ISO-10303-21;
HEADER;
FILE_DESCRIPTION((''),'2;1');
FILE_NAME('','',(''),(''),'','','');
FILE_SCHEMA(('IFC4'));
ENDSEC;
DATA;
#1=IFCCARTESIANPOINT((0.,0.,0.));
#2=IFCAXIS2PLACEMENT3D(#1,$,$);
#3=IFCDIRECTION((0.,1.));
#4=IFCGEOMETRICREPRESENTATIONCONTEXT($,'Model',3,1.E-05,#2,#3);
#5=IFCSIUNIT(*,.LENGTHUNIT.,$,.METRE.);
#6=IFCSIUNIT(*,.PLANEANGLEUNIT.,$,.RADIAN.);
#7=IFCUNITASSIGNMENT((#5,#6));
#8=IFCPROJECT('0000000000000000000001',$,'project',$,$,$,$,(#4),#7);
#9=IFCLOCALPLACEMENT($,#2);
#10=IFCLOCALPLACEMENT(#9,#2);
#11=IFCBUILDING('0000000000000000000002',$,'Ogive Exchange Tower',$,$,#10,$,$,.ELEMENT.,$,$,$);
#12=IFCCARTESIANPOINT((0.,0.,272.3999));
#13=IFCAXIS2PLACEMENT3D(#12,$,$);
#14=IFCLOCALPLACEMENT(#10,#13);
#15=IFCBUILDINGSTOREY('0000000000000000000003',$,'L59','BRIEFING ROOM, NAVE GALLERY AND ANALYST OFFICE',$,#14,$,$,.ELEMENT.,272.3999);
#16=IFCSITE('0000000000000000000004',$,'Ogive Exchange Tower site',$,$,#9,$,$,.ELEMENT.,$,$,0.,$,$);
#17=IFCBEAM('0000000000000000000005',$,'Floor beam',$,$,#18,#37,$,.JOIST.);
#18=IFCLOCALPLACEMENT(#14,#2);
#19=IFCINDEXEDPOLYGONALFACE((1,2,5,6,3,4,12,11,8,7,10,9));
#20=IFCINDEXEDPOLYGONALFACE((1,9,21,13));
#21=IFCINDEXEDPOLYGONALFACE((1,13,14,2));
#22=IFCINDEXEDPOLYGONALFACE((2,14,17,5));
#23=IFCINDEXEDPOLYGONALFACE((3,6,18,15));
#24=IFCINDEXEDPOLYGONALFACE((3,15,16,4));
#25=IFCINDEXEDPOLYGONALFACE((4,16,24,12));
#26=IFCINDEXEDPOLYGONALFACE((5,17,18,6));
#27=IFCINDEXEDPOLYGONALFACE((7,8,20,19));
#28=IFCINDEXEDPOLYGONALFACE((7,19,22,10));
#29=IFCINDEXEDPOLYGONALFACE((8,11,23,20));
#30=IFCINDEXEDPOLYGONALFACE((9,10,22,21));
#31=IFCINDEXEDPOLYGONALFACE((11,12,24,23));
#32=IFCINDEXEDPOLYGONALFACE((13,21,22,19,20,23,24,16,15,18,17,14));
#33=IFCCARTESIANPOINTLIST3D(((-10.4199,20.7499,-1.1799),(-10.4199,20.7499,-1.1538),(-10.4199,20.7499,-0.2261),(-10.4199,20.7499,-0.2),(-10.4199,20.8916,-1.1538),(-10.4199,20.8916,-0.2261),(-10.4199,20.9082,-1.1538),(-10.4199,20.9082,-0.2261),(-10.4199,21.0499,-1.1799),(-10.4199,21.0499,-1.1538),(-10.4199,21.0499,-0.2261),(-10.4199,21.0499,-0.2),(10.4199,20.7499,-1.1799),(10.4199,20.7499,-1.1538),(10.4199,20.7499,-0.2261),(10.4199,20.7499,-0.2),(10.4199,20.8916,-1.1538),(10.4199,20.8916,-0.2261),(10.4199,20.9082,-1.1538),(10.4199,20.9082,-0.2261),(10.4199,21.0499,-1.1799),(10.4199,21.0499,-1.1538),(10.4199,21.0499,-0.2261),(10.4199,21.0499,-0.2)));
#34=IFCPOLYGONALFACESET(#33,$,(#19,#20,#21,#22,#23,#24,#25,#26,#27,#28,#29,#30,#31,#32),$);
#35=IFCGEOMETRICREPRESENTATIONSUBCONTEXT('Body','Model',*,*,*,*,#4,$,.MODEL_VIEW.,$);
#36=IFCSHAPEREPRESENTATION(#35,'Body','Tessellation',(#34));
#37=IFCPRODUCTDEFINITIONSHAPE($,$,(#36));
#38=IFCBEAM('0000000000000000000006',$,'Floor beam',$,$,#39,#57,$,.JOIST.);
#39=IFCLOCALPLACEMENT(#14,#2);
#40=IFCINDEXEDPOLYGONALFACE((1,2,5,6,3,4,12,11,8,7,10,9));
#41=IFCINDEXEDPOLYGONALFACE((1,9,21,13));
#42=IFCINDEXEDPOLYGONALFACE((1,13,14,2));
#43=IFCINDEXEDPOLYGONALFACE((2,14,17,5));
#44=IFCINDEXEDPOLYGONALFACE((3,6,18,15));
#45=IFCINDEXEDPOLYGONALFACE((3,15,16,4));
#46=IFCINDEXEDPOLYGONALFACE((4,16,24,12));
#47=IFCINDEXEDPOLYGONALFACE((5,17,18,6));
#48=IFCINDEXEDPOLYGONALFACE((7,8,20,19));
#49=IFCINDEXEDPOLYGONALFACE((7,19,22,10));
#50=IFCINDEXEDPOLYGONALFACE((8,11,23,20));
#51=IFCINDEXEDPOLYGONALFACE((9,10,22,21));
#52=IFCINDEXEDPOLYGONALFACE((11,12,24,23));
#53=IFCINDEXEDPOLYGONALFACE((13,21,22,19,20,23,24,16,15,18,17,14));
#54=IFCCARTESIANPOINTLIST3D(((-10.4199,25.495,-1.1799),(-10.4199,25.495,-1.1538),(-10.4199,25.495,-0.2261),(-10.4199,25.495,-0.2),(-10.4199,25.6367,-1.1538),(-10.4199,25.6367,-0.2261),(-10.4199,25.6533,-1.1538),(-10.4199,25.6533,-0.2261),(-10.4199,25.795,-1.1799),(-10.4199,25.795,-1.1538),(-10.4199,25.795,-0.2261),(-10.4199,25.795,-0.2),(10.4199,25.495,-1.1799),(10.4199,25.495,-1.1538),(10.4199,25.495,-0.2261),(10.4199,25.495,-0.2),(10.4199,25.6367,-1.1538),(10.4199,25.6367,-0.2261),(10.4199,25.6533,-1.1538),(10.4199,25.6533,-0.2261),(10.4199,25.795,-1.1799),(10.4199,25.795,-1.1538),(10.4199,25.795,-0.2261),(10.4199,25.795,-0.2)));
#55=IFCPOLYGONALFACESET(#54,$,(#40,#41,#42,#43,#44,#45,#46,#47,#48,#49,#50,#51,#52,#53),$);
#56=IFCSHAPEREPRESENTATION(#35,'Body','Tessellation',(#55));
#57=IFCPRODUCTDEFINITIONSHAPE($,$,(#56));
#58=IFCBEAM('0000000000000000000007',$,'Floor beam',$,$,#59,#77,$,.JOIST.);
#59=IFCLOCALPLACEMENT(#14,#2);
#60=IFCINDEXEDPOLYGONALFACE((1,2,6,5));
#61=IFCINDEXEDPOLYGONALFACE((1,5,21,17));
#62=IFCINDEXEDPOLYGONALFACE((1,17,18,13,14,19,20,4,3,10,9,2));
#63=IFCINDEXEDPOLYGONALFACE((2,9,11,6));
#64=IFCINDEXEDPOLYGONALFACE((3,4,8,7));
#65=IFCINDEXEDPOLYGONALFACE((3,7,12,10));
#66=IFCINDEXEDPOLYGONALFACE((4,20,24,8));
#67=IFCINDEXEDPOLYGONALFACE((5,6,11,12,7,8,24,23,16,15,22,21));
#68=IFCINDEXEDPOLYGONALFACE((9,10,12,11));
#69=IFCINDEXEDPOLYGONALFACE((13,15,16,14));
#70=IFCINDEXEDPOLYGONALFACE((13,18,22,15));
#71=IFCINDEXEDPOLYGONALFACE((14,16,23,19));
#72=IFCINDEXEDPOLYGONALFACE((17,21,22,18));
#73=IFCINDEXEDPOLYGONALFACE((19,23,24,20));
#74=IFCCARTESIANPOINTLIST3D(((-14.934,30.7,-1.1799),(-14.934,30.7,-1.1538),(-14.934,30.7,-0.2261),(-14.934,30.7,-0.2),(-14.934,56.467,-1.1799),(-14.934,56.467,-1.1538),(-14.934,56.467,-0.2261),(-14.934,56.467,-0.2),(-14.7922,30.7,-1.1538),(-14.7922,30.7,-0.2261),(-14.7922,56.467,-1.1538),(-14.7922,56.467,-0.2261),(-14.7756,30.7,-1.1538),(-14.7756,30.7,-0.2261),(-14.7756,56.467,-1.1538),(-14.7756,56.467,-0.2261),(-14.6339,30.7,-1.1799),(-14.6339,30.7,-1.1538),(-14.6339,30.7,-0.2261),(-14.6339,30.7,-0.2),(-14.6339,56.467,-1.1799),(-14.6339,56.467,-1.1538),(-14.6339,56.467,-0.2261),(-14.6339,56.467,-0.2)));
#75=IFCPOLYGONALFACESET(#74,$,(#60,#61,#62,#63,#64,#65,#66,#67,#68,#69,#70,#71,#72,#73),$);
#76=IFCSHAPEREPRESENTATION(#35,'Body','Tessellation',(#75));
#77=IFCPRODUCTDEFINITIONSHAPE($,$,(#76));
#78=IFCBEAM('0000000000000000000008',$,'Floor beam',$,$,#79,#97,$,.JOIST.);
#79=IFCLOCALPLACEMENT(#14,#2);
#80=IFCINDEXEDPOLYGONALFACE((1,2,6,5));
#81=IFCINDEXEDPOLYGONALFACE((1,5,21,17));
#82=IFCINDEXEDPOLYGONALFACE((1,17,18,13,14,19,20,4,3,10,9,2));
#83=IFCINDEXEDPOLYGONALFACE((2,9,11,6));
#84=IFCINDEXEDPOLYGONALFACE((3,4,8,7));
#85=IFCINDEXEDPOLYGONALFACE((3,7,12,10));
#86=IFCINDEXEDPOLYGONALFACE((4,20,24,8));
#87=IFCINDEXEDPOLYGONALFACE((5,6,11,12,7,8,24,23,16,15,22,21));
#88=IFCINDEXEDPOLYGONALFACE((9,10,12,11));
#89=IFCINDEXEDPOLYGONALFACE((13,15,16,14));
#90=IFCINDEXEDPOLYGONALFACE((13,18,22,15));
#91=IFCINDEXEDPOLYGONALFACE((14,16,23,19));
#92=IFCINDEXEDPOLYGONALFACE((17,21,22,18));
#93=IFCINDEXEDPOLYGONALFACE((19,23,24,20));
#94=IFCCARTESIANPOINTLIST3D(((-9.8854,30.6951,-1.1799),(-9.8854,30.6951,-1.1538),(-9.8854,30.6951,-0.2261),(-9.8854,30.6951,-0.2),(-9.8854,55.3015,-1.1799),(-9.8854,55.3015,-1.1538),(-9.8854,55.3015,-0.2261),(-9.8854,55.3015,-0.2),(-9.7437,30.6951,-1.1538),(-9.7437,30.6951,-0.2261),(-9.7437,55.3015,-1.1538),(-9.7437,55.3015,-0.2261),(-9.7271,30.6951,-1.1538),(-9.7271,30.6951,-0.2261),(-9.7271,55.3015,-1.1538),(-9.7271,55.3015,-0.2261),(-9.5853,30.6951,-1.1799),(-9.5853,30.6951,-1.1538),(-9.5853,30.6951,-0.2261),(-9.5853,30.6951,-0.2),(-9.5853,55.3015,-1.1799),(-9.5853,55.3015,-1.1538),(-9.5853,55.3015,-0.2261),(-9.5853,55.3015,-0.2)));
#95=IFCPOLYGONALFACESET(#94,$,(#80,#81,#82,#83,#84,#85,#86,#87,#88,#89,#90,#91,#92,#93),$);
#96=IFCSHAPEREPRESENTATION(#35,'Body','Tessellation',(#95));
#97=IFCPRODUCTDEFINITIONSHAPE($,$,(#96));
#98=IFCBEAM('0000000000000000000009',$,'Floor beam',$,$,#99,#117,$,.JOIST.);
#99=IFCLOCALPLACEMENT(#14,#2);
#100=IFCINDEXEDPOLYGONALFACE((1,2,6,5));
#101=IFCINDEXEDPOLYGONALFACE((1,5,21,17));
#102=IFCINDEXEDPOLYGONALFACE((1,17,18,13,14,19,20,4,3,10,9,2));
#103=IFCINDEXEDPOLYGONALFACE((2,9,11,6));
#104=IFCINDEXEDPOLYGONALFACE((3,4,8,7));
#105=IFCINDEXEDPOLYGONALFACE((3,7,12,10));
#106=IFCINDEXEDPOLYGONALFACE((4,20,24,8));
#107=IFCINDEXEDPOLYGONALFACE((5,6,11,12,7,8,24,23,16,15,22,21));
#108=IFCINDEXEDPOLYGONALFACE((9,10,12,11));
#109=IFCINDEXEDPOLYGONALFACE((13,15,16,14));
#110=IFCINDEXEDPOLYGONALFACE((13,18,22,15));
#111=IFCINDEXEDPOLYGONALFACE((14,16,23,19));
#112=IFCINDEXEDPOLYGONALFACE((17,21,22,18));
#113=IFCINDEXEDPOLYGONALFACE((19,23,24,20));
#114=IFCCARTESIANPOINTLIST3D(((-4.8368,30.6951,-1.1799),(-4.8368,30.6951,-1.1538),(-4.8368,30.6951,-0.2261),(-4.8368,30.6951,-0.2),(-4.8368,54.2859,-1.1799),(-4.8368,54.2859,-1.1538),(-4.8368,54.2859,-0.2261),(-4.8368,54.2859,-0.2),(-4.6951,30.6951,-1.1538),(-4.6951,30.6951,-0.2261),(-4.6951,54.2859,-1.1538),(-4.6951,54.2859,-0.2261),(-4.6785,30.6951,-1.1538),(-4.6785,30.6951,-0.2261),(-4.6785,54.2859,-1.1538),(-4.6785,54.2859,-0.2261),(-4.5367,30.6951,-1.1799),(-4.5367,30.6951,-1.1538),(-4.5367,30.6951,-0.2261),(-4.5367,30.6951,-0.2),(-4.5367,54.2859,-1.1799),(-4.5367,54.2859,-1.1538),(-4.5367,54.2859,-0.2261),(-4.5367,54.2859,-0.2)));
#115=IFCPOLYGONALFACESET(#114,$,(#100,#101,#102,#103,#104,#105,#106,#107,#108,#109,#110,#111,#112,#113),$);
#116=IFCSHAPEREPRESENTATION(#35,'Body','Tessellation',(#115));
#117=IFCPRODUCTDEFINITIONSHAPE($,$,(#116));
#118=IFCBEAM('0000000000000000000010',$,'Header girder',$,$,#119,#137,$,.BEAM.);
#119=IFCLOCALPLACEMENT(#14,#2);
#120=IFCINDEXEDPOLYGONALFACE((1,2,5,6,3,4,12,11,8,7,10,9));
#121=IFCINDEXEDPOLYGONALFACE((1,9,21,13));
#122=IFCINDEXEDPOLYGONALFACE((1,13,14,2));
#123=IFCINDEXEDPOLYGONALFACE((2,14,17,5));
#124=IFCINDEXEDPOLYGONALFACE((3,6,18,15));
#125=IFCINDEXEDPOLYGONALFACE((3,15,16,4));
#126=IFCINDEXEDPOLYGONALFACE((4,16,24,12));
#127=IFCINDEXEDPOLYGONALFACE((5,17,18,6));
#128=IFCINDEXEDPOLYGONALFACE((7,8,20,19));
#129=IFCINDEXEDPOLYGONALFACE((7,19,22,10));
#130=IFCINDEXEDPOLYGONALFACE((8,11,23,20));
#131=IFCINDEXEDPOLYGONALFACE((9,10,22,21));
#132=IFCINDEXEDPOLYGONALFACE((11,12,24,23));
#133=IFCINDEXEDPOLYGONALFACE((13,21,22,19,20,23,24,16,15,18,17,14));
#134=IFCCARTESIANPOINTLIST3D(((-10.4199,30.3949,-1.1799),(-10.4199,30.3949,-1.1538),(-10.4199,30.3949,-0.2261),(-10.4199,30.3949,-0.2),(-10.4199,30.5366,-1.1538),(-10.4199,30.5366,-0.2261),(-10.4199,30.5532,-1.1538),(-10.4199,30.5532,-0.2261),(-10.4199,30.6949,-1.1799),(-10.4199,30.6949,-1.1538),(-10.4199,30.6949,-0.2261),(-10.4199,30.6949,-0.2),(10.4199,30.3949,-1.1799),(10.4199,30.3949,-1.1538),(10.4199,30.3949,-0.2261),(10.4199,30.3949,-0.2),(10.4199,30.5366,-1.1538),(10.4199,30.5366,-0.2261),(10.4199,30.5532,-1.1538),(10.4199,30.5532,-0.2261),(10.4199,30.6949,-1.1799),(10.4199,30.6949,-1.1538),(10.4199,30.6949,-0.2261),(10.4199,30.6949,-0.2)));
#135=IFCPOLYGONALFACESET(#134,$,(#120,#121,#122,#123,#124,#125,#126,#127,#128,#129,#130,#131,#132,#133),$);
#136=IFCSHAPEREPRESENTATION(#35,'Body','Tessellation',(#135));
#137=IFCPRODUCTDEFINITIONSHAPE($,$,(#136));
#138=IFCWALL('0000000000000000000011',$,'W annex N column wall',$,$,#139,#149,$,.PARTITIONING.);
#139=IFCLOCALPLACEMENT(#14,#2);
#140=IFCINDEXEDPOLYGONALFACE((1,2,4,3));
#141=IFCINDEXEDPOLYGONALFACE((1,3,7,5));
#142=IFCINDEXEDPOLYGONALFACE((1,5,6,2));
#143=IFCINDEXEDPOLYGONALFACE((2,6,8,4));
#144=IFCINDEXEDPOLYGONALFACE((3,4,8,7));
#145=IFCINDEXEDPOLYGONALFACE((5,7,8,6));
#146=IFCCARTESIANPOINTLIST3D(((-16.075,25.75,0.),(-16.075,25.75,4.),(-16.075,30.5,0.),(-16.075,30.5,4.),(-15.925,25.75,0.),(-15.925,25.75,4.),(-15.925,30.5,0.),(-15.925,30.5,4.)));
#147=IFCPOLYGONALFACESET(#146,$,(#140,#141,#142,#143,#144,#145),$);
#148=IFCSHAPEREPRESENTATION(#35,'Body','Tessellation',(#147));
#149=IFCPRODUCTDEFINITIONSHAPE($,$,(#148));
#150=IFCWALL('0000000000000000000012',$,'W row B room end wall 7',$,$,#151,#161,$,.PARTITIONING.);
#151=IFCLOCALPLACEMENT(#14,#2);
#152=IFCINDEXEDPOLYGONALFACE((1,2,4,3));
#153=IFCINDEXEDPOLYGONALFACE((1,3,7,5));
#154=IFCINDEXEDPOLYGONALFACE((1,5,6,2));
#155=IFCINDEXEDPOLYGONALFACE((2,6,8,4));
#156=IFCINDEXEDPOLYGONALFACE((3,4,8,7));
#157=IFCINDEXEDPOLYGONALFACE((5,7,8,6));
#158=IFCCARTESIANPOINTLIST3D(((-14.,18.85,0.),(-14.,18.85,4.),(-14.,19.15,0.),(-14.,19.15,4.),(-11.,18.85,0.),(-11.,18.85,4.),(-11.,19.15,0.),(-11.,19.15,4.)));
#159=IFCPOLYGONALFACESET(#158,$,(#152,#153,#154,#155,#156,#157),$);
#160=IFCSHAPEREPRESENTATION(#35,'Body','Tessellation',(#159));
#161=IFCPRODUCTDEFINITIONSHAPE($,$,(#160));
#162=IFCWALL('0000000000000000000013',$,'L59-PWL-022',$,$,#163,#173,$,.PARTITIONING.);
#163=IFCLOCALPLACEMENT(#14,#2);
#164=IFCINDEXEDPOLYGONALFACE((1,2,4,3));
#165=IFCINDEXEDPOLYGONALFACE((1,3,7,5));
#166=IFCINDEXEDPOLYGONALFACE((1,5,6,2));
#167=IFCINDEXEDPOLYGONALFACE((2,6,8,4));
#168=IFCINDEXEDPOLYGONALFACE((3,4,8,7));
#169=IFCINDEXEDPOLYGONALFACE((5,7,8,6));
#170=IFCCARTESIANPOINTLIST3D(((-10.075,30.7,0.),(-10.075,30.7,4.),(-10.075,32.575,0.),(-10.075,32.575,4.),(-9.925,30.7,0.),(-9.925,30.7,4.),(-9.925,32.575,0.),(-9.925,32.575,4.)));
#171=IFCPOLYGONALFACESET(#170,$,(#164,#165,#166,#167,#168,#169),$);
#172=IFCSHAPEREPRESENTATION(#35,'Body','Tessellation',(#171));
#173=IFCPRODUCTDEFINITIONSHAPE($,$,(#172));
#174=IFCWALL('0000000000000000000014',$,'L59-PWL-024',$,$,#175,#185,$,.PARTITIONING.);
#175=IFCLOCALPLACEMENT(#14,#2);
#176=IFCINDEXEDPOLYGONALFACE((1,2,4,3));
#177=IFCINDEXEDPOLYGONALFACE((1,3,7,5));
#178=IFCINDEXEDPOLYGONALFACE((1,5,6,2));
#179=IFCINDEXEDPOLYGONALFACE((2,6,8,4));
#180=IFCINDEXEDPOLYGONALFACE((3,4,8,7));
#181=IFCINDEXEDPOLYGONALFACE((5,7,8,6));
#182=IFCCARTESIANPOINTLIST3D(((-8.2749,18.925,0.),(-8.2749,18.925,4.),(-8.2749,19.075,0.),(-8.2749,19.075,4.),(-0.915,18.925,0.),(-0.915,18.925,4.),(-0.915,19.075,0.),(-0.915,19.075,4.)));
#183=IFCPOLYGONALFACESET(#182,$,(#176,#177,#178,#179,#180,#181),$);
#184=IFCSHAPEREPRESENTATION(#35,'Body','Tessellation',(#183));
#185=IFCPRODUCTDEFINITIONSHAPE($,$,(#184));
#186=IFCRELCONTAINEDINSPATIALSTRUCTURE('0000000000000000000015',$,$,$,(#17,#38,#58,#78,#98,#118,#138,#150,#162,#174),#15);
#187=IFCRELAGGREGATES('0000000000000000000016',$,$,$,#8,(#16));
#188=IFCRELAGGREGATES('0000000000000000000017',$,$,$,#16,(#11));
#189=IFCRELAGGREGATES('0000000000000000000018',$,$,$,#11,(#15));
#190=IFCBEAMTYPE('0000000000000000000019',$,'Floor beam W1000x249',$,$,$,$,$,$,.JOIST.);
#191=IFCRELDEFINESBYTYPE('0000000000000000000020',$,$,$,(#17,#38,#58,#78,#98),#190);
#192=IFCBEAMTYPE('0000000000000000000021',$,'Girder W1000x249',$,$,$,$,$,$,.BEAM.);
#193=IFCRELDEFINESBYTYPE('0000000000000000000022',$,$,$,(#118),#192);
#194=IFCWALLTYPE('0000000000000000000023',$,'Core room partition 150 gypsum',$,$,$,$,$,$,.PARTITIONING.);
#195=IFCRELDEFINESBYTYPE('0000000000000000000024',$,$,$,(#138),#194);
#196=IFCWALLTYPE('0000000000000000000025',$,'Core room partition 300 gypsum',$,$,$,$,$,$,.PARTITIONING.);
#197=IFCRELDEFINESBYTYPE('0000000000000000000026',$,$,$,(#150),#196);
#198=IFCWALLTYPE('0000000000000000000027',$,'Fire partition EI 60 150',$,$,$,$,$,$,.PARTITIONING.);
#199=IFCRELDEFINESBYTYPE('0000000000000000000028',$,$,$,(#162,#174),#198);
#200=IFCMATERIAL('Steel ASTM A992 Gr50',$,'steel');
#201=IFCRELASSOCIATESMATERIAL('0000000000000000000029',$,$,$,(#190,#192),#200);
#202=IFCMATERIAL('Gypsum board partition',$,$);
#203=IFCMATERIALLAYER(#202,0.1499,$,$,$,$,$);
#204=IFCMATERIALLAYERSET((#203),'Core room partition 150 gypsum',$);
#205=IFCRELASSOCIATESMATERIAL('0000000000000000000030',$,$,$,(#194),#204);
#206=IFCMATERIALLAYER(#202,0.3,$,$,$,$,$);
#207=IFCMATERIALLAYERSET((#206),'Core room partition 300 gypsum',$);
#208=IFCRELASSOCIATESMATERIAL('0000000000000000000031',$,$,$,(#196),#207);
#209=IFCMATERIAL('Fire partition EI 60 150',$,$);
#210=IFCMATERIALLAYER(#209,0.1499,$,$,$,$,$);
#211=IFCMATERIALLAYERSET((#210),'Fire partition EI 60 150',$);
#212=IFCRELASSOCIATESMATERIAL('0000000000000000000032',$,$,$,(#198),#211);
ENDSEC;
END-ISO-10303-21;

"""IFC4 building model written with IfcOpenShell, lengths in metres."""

from ifc_helpers import new_model, si_unit, direction, frame, frame_2d, origin, origin_2d, place, context, subcontext, project, spatial, rectangle, i_section, extrude, material, layer, layer_set, material_profile, profile_set, type_object, element, save


model = new_model("IFC4")

# Units and contexts
model_context = context("Model", 3, precision=1e-05, world=origin(), true_north=direction((0.0, 1.0)))
body_context = subcontext(model_context, "Body", "Model", "MODEL_VIEW")
ifc_project = project(units=[si_unit("LENGTHUNIT", "METRE"), si_unit("PLANEANGLEUNIT", "RADIAN")], contexts=[model_context])

# Site, building, storey
site_placement = place(None, origin())
site = spatial("IfcSite", under=ifc_project, at=site_placement, Name="Ogive Exchange Tower site", CompositionType="ELEMENT", RefElevation=0.0)
building_placement = place(site_placement, origin())
building = spatial("IfcBuilding", under=site, at=building_placement, Name="Ogive Exchange Tower", CompositionType="ELEMENT")
storey_placement = place(building_placement, frame((0.0, 0.0, 272.3999)))
storey = spatial("IfcBuildingStorey", under=building, at=storey_placement, Name="L59", Description="BRIEFING ROOM, NAVE GALLERY AND ANALYST OFFICE", CompositionType="ELEMENT", Elevation=272.3999)

# Beams
ifc_material_1 = material(Name="Steel ASTM A992 Gr50", Category="steel")
ifc_material_profile_1 = material_profile(ifc_material_1, i_section(OverallWidth=0.3, OverallDepth=0.98, WebThickness=0.0166, FlangeThickness=0.0261, at=origin_2d()), Name="W1000x249")
ifc_profile_set_1 = profile_set([ifc_material_profile_1], Name="Steel ASTM A992 Gr50")
beam_type_1 = type_object("IfcBeamType", Name="Floor beam W1000x249", PredefinedType="JOIST", material=ifc_profile_set_1)
for number, where, z_axis, x_axis, name in (
    (1, (-10.4199, 20.8999, -0.6899), (1.0, 0.0, 0.0), (0.0, 1.0, 0.0), "Floor beam"),
    (2, (-10.4199, 25.645, -0.6899), (1.0, 0.0, 0.0), (0.0, 1.0, 0.0), "Floor beam"),
):
    element("IfcBeam", number, at=place(storey_placement, frame(where, z_axis=z_axis, x_axis=x_axis)), inside=storey, type_object=beam_type_1, Name=name, PredefinedType="JOIST", context=body_context, shape_type="SweptSolid", body=[
        extrude(i_section(OverallWidth=0.3, OverallDepth=0.98, WebThickness=0.0166, FlangeThickness=0.0261, at=origin_2d()), origin(), (0.0, 0.0, 1.0), 20.8398),
    ])
beam_1_placement = place(storey_placement, frame((-14.7839, 30.7, -0.6899), z_axis=(0.0, 1.0, 0.0), x_axis=(-1.0, 0.0, 0.0)))
element("IfcBeam", 3, at=beam_1_placement, inside=storey, type_object=beam_type_1, Name="Floor beam", PredefinedType="JOIST", context=body_context, shape_type="SweptSolid", body=[
    extrude(i_section(OverallWidth=0.3, OverallDepth=0.98, WebThickness=0.0166, FlangeThickness=0.0261, at=origin_2d()), origin(), (0.0, 0.0, 1.0), 25.7671),
])
beam_2_placement = place(storey_placement, frame((-9.7354, 30.6951, -0.6899), z_axis=(0.0, 1.0, 0.0), x_axis=(-1.0, 0.0, 0.0)))
element("IfcBeam", 4, at=beam_2_placement, inside=storey, type_object=beam_type_1, Name="Floor beam", PredefinedType="JOIST", context=body_context, shape_type="SweptSolid", body=[
    extrude(i_section(OverallWidth=0.3, OverallDepth=0.98, WebThickness=0.0166, FlangeThickness=0.0261, at=origin_2d()), origin(), (0.0, 0.0, 1.0), 24.6064),
])
beam_3_placement = place(storey_placement, frame((-4.6868, 30.6951, -0.6899), z_axis=(0.0, 1.0, 0.0), x_axis=(-1.0, 0.0, 0.0)))
element("IfcBeam", 5, at=beam_3_placement, inside=storey, type_object=beam_type_1, Name="Floor beam", PredefinedType="JOIST", context=body_context, shape_type="SweptSolid", body=[
    extrude(i_section(OverallWidth=0.3, OverallDepth=0.98, WebThickness=0.0166, FlangeThickness=0.0261, at=origin_2d()), origin(), (0.0, 0.0, 1.0), 23.5908),
])
ifc_material_profile_2 = material_profile(ifc_material_1, i_section(OverallWidth=0.3, OverallDepth=0.98, WebThickness=0.0166, FlangeThickness=0.0261, at=origin_2d()), Name="W1000x249")
ifc_profile_set_2 = profile_set([ifc_material_profile_2], Name="Steel ASTM A992 Gr50")
beam_type_2 = type_object("IfcBeamType", Name="Girder W1000x249", PredefinedType="BEAM", material=ifc_profile_set_2)
beam_4_placement = place(storey_placement, frame((-10.4199, 30.5449, -0.6899), z_axis=(1.0, 0.0, 0.0), x_axis=(0.0, 1.0, 0.0)))
element("IfcBeam", 6, at=beam_4_placement, inside=storey, type_object=beam_type_2, Name="Header girder", PredefinedType="BEAM", context=body_context, shape_type="SweptSolid", body=[
    extrude(i_section(OverallWidth=0.3, OverallDepth=0.98, WebThickness=0.0166, FlangeThickness=0.0261, at=origin_2d()), origin(), (0.0, 0.0, 1.0), 20.8398),
])

# Walls
ifc_material_2 = material(Name="Gypsum board partition")
ifc_layer_1 = layer(ifc_material_2, 0.1499)
ifc_layer_set_1 = layer_set([ifc_layer_1], Name="Core room partition 150 gypsum")
wall_type_1 = type_object("IfcWallType", Name="Core room partition 150 gypsum", PredefinedType="PARTITIONING", material=ifc_layer_set_1)
wall_1_placement = place(storey_placement, frame((-16.0, 25.75, 0.0), z_axis=(0.0, 0.0, 1.0), x_axis=(0.0, 1.0, 0.0)))
element("IfcWall", 7, at=wall_1_placement, inside=storey, type_object=wall_type_1, Name="W annex N column wall", PredefinedType="PARTITIONING", context=body_context, shape_type="SweptSolid", body=[
    extrude(rectangle(XDim=4.75, YDim=0.1499, at=frame_2d((2.375, 0.0))), origin(), (0.0, 0.0, 1.0), 4.0),
])
ifc_layer_2 = layer(ifc_material_2, 0.3)
ifc_layer_set_2 = layer_set([ifc_layer_2], Name="Core room partition 300 gypsum")
wall_type_2 = type_object("IfcWallType", Name="Core room partition 300 gypsum", PredefinedType="PARTITIONING", material=ifc_layer_set_2)
wall_2_placement = place(storey_placement, frame((-14.0, 19.0, 0.0), z_axis=(0.0, 0.0, 1.0), x_axis=(1.0, 0.0, 0.0)))
element("IfcWall", 8, at=wall_2_placement, inside=storey, type_object=wall_type_2, Name="W row B room end wall 7", PredefinedType="PARTITIONING", context=body_context, shape_type="SweptSolid", body=[
    extrude(rectangle(XDim=3.0, YDim=0.3, at=frame_2d((1.5, 0.0))), origin(), (0.0, 0.0, 1.0), 4.0),
])
ifc_material_3 = material(Name="Fire partition EI 60 150")
ifc_layer_3 = layer(ifc_material_3, 0.1499)
ifc_layer_set_3 = layer_set([ifc_layer_3], Name="Fire partition EI 60 150")
wall_type_3 = type_object("IfcWallType", Name="Fire partition EI 60 150", PredefinedType="PARTITIONING", material=ifc_layer_set_3)
wall_3_placement = place(storey_placement, frame((-10.0, 30.7, 0.0), z_axis=(0.0, 0.0, 1.0), x_axis=(0.0, 1.0, 0.0)))
element("IfcWall", 9, at=wall_3_placement, inside=storey, type_object=wall_type_3, Name="L59-PWL-022", PredefinedType="PARTITIONING", context=body_context, shape_type="SweptSolid", body=[
    extrude(rectangle(XDim=1.875, YDim=0.1499, at=frame_2d((0.9375, 0.0))), origin(), (0.0, 0.0, 1.0), 4.0),
])
wall_4_placement = place(storey_placement, frame((-8.2749, 19.0, 0.0), z_axis=(0.0, 0.0, 1.0), x_axis=(1.0, 0.0, 0.0)))
element("IfcWall", 10, at=wall_4_placement, inside=storey, type_object=wall_type_3, Name="L59-PWL-024", PredefinedType="PARTITIONING", context=body_context, shape_type="SweptSolid", body=[
    extrude(rectangle(XDim=7.3599, YDim=0.1499, at=frame_2d((3.6799, 0.0))), origin(), (0.0, 0.0, 1.0), 4.0),
])

save(model, "model.ifc")
